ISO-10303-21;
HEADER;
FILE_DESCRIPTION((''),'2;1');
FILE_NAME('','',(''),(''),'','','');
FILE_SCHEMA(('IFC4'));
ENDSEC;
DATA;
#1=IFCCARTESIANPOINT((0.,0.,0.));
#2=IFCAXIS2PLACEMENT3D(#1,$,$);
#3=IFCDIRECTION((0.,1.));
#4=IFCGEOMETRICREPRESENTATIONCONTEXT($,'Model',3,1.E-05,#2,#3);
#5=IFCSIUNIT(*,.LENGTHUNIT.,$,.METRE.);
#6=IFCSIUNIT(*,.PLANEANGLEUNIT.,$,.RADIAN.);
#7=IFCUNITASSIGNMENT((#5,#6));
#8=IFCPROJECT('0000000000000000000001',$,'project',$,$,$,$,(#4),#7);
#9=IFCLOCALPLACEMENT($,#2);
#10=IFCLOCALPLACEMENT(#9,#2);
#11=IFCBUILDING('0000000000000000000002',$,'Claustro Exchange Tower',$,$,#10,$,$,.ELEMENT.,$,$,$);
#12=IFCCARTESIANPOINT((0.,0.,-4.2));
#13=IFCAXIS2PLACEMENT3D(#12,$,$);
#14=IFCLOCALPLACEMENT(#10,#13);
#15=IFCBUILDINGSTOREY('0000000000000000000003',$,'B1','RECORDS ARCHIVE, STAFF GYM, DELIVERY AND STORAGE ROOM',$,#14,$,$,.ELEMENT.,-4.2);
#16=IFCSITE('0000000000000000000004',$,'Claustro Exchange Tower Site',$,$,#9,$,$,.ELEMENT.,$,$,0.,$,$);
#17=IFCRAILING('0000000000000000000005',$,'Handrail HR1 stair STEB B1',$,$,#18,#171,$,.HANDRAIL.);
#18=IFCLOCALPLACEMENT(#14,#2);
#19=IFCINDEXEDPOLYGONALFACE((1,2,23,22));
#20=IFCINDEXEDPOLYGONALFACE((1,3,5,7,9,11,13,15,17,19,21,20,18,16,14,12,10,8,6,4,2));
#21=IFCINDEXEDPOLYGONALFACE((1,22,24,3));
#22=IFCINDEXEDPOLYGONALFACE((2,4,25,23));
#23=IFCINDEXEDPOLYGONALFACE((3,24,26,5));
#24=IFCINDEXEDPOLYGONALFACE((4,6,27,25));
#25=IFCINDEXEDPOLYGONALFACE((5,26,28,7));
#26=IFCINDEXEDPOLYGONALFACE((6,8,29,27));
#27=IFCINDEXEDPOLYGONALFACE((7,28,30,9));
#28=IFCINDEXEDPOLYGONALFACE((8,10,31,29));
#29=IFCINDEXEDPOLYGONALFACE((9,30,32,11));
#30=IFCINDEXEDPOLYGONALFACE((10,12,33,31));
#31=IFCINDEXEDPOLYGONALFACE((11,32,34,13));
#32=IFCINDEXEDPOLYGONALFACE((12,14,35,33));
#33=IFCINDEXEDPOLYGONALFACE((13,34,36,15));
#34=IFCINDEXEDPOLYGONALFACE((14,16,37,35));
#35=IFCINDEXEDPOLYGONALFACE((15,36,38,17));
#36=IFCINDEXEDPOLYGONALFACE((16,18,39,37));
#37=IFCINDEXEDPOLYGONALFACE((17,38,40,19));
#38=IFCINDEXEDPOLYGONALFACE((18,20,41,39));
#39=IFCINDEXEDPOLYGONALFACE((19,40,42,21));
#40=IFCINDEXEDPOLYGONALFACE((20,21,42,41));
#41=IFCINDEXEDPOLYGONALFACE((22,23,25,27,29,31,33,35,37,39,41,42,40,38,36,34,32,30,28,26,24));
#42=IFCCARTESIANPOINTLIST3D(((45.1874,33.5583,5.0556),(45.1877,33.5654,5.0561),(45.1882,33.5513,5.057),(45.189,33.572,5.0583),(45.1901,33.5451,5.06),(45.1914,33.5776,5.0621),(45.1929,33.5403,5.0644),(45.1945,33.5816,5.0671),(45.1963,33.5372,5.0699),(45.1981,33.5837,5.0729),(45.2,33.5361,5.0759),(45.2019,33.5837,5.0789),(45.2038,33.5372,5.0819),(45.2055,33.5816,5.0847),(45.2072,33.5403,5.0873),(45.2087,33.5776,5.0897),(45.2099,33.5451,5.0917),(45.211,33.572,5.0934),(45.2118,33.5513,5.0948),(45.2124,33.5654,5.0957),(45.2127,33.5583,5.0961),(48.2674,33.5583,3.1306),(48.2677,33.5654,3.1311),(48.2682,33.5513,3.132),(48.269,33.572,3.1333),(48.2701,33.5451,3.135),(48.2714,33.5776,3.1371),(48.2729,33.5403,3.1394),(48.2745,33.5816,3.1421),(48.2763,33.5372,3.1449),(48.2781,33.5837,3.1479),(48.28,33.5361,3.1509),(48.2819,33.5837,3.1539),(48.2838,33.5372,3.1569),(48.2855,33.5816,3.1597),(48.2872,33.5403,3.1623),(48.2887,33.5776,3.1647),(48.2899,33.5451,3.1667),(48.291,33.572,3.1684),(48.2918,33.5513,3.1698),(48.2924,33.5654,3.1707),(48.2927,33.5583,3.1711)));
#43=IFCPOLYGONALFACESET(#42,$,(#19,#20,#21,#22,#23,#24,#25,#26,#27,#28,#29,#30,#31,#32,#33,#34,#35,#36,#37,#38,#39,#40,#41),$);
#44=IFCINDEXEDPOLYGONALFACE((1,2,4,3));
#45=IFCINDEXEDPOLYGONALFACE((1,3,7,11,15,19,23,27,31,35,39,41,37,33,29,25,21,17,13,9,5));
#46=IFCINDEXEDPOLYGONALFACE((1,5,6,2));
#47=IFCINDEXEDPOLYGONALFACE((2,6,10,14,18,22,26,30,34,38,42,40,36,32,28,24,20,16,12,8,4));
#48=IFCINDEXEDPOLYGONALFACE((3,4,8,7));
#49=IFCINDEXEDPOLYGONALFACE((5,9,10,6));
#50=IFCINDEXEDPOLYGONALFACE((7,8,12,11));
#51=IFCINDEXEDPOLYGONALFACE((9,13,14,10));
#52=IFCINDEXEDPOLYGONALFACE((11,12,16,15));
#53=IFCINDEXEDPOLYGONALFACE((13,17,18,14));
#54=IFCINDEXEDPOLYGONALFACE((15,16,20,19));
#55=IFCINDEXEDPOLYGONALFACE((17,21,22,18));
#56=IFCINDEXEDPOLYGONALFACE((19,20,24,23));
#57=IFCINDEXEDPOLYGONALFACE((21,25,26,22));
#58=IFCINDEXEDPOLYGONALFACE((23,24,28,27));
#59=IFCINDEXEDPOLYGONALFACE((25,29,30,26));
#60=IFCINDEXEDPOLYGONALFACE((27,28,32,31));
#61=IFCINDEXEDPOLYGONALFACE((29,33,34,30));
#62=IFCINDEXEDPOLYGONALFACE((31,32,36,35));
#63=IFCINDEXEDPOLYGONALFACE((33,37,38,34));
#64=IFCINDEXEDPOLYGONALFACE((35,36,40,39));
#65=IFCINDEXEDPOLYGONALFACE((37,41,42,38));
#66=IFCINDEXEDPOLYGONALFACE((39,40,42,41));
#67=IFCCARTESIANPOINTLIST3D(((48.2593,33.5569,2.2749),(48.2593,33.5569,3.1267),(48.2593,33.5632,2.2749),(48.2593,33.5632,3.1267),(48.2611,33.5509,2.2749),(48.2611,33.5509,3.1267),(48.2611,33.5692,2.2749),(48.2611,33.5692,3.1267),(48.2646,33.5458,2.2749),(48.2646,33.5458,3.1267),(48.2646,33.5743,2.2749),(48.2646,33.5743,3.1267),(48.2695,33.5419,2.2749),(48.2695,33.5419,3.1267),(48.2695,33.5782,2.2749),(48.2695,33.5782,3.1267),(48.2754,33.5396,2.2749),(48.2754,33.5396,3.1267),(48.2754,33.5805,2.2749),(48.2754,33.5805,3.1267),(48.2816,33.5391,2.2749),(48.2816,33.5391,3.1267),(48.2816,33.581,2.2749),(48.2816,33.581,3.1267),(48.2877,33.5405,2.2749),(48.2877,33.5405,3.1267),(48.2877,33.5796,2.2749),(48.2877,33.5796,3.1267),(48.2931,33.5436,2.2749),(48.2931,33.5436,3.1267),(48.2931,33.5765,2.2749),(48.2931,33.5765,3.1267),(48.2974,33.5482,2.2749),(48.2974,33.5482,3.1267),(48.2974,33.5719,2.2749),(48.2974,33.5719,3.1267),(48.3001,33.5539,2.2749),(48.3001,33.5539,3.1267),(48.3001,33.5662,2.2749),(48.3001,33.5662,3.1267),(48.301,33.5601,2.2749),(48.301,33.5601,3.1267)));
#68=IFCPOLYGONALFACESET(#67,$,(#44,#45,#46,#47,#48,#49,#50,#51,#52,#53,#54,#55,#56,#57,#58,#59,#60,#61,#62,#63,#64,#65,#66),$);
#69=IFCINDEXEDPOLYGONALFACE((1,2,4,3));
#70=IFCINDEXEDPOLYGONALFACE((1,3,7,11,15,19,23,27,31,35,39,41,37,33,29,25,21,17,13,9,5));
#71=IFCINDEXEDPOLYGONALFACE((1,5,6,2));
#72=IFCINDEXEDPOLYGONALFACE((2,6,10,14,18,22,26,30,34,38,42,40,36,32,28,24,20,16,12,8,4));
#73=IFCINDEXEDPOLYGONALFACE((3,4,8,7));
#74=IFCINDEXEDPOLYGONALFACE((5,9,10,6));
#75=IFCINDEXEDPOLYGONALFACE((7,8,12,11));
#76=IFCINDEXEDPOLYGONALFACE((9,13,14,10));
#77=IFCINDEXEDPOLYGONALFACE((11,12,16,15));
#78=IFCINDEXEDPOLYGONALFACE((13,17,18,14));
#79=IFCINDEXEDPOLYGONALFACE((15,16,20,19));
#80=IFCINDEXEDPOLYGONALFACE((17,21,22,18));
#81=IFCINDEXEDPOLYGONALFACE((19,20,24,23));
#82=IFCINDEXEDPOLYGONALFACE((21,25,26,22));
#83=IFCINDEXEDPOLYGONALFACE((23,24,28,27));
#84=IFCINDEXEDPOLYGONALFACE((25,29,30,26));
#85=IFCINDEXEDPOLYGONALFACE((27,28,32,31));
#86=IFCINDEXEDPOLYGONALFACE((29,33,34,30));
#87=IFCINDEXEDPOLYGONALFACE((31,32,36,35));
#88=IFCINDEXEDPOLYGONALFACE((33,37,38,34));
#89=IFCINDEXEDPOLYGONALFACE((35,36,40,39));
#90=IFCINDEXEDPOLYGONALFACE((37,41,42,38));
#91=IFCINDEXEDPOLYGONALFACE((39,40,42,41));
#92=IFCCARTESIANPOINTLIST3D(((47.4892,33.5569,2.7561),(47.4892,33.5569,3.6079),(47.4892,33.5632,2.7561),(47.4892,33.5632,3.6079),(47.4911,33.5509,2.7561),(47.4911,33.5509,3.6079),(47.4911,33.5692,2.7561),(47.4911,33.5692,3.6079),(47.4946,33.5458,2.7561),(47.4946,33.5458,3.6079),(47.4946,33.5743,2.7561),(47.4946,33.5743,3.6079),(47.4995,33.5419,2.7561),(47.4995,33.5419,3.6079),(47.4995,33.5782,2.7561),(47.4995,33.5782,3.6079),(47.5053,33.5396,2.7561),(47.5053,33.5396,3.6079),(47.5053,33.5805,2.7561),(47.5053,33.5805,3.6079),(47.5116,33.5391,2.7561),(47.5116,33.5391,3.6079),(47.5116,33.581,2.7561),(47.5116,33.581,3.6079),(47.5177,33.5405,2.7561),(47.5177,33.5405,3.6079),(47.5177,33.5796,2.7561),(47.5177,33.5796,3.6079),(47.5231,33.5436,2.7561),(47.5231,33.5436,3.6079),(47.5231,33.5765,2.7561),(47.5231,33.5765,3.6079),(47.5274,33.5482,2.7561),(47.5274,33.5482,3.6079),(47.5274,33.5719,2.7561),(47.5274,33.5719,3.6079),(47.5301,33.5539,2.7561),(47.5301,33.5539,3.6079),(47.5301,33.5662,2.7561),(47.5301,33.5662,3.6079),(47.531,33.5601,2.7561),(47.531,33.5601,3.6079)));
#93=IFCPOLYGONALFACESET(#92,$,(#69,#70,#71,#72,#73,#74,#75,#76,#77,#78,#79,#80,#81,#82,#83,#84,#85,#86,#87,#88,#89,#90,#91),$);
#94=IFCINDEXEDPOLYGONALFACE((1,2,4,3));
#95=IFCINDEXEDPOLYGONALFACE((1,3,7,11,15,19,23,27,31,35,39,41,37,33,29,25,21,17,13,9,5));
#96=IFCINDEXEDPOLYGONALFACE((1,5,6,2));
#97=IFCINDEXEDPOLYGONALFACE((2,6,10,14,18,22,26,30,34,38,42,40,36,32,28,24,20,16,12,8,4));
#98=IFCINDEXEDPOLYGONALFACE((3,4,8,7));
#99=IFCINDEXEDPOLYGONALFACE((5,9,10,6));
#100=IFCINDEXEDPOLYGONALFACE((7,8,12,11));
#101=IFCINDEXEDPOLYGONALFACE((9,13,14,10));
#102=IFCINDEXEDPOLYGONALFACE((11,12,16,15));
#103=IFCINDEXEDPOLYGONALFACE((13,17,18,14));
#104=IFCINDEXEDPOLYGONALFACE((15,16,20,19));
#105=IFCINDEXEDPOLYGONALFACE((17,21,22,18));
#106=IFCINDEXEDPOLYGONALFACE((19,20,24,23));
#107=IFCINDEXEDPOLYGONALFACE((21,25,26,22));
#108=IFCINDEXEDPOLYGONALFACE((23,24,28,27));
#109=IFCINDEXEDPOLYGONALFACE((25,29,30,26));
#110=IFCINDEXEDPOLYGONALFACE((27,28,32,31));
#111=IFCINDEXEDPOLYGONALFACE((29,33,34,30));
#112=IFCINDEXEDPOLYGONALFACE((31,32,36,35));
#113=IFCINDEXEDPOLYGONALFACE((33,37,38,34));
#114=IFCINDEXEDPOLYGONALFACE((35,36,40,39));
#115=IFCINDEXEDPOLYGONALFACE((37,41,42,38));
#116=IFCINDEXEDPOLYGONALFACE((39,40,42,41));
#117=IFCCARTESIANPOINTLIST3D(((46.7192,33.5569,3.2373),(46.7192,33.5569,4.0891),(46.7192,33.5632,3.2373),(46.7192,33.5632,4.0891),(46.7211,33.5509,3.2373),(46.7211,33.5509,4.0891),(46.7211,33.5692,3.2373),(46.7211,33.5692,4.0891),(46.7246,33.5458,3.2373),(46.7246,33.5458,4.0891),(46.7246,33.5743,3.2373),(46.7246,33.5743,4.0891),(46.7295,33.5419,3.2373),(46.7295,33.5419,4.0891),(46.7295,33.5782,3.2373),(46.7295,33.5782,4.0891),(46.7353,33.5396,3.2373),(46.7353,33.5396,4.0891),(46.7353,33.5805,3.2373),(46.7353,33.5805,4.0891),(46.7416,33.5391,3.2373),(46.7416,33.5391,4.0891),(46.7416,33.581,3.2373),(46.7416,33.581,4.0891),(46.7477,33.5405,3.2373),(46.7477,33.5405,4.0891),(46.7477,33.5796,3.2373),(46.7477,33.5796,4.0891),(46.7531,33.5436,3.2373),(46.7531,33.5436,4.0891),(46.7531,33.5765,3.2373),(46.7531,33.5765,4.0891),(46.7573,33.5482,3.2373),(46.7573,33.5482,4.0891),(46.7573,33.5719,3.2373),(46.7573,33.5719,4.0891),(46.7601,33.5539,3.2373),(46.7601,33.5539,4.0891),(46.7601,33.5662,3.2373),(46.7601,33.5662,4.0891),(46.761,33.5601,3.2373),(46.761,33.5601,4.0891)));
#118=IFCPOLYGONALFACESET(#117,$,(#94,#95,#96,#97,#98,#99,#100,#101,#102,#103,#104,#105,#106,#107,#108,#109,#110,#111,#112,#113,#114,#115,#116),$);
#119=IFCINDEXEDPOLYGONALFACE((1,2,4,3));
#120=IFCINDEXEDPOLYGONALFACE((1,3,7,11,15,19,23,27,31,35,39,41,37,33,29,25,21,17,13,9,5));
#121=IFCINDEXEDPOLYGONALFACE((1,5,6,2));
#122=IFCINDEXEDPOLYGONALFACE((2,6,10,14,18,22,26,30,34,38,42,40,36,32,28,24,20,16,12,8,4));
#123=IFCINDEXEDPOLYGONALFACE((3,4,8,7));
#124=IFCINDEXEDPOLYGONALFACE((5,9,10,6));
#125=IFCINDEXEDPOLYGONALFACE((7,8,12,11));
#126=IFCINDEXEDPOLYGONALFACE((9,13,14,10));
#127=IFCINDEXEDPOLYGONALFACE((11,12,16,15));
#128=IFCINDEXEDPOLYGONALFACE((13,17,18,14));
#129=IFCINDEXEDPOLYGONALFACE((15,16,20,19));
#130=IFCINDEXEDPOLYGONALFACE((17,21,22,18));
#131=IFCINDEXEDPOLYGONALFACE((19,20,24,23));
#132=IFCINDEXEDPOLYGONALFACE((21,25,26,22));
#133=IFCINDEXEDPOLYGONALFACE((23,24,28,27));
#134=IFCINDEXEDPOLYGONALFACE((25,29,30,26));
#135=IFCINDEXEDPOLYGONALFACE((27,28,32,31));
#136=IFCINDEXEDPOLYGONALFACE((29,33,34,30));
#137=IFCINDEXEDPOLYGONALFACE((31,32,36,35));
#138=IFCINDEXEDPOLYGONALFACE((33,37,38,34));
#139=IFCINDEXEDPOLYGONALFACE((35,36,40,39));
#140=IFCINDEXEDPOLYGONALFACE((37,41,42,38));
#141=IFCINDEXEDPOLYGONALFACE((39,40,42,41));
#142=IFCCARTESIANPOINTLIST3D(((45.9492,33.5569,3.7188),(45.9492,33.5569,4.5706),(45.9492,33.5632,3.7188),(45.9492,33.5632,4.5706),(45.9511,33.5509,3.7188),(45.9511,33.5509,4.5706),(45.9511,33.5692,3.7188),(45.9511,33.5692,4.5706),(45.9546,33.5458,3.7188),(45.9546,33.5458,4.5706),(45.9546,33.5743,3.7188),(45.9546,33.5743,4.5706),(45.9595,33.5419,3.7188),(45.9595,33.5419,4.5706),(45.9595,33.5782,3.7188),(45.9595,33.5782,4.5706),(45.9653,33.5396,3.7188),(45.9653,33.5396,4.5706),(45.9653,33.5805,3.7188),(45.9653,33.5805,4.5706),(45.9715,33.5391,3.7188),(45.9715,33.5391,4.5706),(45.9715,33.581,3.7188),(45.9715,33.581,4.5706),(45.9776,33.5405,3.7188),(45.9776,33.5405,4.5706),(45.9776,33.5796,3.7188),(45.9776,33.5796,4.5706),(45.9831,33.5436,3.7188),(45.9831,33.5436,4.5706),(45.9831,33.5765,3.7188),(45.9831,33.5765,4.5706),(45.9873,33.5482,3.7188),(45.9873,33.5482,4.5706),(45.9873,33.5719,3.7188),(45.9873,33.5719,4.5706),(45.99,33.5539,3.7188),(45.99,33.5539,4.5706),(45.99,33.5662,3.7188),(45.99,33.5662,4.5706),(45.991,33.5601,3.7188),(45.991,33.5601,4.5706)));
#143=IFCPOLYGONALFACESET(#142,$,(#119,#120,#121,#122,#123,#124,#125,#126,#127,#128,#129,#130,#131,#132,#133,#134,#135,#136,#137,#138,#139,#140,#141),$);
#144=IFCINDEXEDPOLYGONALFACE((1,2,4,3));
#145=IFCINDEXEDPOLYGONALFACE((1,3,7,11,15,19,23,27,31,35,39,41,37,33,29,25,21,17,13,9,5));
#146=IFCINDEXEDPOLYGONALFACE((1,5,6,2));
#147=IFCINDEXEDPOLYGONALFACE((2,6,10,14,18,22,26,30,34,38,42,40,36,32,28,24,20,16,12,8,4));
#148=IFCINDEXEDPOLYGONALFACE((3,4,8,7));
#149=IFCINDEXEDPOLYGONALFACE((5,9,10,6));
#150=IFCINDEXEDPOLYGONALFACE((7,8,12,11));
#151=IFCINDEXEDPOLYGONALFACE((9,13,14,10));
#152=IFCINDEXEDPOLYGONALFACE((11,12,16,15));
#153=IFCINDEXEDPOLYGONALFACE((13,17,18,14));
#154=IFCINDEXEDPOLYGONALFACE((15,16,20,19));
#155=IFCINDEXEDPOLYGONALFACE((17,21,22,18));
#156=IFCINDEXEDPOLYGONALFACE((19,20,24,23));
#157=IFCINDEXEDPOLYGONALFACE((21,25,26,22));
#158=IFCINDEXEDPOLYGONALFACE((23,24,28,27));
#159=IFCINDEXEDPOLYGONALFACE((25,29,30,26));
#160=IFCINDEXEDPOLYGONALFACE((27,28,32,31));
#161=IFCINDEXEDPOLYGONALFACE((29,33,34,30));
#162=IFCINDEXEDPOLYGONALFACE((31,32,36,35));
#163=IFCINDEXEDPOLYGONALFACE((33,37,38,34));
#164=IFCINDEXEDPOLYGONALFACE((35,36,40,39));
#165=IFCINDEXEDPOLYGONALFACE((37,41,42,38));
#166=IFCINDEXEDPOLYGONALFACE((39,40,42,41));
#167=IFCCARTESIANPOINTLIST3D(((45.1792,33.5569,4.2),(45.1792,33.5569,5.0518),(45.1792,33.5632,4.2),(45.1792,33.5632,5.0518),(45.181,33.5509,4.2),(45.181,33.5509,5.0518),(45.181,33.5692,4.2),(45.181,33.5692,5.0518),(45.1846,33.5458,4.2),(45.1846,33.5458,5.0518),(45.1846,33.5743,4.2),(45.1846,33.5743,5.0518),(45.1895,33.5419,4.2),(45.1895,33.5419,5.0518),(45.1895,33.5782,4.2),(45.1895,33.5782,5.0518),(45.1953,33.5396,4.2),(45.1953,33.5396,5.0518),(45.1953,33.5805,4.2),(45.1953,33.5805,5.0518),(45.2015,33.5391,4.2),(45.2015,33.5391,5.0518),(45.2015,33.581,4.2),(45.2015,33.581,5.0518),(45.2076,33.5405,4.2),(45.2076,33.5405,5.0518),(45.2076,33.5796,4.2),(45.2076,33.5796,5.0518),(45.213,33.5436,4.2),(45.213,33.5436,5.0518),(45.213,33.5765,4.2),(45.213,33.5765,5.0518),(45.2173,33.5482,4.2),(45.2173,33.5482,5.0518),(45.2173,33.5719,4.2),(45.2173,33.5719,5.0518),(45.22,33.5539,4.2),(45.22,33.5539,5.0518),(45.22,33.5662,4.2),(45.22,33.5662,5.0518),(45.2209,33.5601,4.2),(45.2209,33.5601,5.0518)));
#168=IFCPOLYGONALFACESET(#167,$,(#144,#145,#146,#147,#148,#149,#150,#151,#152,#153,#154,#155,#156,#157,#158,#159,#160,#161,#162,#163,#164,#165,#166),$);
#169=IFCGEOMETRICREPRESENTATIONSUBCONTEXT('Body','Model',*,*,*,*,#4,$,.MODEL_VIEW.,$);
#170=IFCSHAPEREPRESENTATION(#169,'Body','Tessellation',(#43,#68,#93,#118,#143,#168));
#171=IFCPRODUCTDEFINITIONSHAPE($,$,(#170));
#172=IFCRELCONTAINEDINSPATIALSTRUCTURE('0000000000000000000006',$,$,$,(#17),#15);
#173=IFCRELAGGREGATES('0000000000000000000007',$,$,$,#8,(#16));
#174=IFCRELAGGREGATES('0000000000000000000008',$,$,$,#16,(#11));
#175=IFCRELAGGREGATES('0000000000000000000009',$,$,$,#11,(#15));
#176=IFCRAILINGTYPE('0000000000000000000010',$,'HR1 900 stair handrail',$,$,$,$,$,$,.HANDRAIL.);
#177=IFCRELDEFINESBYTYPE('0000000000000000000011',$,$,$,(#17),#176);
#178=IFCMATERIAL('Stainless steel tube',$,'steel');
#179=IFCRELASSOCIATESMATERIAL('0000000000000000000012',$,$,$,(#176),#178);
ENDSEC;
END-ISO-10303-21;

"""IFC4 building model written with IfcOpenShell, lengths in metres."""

from ifc_helpers import new_model, si_unit, direction, frame, origin, origin_2d, place, context, subcontext, project, spatial, circle, extrude, material, type_object, element, save


model = new_model("IFC4")

# Units and contexts
model_context = context("Model", 3, precision=1e-05, world=origin(), true_north=direction((0.0, 1.0)))
body_context = subcontext(model_context, "Body", "Model", "MODEL_VIEW")
ifc_project = project(units=[si_unit("LENGTHUNIT", "METRE"), si_unit("PLANEANGLEUNIT", "RADIAN")], contexts=[model_context])

# Site, building, storey
site_placement = place(None, origin())
site = spatial("IfcSite", under=ifc_project, at=site_placement, Name="Claustro Exchange Tower Site", CompositionType="ELEMENT", RefElevation=0.0)
building_placement = place(site_placement, origin())
building = spatial("IfcBuilding", under=site, at=building_placement, Name="Claustro Exchange Tower", CompositionType="ELEMENT")
storey_placement = place(building_placement, frame((0.0, 0.0, -4.2)))
storey = spatial("IfcBuildingStorey", under=building, at=storey_placement, Name="B1", Description="RECORDS ARCHIVE, STAFF GYM, DELIVERY AND STORAGE ROOM", CompositionType="ELEMENT", Elevation=-4.2)

# Railing
ifc_material_1 = material(Name="Stainless steel tube", Category="steel")
railing_type_1 = type_object("IfcRailingType", Name="HR1 900 stair handrail", PredefinedType="HANDRAIL", material=ifc_material_1)
railing_1_placement = place(storey_placement, frame((48.28, 33.5601, 2.2749)))
element("IfcRailing", 1, at=railing_1_placement, inside=storey, type_object=railing_type_1, Name="Handrail HR1 stair STEB B1", PredefinedType="HANDRAIL", context=body_context, shape_type="SweptSolid", body=[
    extrude(circle(Radius=0.0239, at=origin_2d()), frame((0.0, 0.0, 0.876), z_axis=(-0.847998, 0.0, 0.529999), x_axis=(0.0, -1.0, 0.0)), (0.0, 0.0, 1.0), 3.6321),
    extrude(circle(Radius=0.021, at=origin_2d()), origin(), (0.0, 0.0, 1.0), 0.8518),
    extrude(circle(Radius=0.021, at=origin_2d()), frame((-0.77, 0.0, 0.4812)), (0.0, 0.0, 1.0), 0.8518),
    extrude(circle(Radius=0.021, at=origin_2d()), frame((-1.54, 0.0, 0.9624)), (0.0, 0.0, 1.0), 0.8518),
    extrude(circle(Radius=0.021, at=origin_2d()), frame((-2.3101, 0.0, 1.4438)), (0.0, 0.0, 1.0), 0.8518),
    extrude(circle(Radius=0.021, at=origin_2d()), frame((-3.0801, 0.0, 1.925)), (0.0, 0.0, 1.0), 0.8518),
])

save(model, "model.ifc")
